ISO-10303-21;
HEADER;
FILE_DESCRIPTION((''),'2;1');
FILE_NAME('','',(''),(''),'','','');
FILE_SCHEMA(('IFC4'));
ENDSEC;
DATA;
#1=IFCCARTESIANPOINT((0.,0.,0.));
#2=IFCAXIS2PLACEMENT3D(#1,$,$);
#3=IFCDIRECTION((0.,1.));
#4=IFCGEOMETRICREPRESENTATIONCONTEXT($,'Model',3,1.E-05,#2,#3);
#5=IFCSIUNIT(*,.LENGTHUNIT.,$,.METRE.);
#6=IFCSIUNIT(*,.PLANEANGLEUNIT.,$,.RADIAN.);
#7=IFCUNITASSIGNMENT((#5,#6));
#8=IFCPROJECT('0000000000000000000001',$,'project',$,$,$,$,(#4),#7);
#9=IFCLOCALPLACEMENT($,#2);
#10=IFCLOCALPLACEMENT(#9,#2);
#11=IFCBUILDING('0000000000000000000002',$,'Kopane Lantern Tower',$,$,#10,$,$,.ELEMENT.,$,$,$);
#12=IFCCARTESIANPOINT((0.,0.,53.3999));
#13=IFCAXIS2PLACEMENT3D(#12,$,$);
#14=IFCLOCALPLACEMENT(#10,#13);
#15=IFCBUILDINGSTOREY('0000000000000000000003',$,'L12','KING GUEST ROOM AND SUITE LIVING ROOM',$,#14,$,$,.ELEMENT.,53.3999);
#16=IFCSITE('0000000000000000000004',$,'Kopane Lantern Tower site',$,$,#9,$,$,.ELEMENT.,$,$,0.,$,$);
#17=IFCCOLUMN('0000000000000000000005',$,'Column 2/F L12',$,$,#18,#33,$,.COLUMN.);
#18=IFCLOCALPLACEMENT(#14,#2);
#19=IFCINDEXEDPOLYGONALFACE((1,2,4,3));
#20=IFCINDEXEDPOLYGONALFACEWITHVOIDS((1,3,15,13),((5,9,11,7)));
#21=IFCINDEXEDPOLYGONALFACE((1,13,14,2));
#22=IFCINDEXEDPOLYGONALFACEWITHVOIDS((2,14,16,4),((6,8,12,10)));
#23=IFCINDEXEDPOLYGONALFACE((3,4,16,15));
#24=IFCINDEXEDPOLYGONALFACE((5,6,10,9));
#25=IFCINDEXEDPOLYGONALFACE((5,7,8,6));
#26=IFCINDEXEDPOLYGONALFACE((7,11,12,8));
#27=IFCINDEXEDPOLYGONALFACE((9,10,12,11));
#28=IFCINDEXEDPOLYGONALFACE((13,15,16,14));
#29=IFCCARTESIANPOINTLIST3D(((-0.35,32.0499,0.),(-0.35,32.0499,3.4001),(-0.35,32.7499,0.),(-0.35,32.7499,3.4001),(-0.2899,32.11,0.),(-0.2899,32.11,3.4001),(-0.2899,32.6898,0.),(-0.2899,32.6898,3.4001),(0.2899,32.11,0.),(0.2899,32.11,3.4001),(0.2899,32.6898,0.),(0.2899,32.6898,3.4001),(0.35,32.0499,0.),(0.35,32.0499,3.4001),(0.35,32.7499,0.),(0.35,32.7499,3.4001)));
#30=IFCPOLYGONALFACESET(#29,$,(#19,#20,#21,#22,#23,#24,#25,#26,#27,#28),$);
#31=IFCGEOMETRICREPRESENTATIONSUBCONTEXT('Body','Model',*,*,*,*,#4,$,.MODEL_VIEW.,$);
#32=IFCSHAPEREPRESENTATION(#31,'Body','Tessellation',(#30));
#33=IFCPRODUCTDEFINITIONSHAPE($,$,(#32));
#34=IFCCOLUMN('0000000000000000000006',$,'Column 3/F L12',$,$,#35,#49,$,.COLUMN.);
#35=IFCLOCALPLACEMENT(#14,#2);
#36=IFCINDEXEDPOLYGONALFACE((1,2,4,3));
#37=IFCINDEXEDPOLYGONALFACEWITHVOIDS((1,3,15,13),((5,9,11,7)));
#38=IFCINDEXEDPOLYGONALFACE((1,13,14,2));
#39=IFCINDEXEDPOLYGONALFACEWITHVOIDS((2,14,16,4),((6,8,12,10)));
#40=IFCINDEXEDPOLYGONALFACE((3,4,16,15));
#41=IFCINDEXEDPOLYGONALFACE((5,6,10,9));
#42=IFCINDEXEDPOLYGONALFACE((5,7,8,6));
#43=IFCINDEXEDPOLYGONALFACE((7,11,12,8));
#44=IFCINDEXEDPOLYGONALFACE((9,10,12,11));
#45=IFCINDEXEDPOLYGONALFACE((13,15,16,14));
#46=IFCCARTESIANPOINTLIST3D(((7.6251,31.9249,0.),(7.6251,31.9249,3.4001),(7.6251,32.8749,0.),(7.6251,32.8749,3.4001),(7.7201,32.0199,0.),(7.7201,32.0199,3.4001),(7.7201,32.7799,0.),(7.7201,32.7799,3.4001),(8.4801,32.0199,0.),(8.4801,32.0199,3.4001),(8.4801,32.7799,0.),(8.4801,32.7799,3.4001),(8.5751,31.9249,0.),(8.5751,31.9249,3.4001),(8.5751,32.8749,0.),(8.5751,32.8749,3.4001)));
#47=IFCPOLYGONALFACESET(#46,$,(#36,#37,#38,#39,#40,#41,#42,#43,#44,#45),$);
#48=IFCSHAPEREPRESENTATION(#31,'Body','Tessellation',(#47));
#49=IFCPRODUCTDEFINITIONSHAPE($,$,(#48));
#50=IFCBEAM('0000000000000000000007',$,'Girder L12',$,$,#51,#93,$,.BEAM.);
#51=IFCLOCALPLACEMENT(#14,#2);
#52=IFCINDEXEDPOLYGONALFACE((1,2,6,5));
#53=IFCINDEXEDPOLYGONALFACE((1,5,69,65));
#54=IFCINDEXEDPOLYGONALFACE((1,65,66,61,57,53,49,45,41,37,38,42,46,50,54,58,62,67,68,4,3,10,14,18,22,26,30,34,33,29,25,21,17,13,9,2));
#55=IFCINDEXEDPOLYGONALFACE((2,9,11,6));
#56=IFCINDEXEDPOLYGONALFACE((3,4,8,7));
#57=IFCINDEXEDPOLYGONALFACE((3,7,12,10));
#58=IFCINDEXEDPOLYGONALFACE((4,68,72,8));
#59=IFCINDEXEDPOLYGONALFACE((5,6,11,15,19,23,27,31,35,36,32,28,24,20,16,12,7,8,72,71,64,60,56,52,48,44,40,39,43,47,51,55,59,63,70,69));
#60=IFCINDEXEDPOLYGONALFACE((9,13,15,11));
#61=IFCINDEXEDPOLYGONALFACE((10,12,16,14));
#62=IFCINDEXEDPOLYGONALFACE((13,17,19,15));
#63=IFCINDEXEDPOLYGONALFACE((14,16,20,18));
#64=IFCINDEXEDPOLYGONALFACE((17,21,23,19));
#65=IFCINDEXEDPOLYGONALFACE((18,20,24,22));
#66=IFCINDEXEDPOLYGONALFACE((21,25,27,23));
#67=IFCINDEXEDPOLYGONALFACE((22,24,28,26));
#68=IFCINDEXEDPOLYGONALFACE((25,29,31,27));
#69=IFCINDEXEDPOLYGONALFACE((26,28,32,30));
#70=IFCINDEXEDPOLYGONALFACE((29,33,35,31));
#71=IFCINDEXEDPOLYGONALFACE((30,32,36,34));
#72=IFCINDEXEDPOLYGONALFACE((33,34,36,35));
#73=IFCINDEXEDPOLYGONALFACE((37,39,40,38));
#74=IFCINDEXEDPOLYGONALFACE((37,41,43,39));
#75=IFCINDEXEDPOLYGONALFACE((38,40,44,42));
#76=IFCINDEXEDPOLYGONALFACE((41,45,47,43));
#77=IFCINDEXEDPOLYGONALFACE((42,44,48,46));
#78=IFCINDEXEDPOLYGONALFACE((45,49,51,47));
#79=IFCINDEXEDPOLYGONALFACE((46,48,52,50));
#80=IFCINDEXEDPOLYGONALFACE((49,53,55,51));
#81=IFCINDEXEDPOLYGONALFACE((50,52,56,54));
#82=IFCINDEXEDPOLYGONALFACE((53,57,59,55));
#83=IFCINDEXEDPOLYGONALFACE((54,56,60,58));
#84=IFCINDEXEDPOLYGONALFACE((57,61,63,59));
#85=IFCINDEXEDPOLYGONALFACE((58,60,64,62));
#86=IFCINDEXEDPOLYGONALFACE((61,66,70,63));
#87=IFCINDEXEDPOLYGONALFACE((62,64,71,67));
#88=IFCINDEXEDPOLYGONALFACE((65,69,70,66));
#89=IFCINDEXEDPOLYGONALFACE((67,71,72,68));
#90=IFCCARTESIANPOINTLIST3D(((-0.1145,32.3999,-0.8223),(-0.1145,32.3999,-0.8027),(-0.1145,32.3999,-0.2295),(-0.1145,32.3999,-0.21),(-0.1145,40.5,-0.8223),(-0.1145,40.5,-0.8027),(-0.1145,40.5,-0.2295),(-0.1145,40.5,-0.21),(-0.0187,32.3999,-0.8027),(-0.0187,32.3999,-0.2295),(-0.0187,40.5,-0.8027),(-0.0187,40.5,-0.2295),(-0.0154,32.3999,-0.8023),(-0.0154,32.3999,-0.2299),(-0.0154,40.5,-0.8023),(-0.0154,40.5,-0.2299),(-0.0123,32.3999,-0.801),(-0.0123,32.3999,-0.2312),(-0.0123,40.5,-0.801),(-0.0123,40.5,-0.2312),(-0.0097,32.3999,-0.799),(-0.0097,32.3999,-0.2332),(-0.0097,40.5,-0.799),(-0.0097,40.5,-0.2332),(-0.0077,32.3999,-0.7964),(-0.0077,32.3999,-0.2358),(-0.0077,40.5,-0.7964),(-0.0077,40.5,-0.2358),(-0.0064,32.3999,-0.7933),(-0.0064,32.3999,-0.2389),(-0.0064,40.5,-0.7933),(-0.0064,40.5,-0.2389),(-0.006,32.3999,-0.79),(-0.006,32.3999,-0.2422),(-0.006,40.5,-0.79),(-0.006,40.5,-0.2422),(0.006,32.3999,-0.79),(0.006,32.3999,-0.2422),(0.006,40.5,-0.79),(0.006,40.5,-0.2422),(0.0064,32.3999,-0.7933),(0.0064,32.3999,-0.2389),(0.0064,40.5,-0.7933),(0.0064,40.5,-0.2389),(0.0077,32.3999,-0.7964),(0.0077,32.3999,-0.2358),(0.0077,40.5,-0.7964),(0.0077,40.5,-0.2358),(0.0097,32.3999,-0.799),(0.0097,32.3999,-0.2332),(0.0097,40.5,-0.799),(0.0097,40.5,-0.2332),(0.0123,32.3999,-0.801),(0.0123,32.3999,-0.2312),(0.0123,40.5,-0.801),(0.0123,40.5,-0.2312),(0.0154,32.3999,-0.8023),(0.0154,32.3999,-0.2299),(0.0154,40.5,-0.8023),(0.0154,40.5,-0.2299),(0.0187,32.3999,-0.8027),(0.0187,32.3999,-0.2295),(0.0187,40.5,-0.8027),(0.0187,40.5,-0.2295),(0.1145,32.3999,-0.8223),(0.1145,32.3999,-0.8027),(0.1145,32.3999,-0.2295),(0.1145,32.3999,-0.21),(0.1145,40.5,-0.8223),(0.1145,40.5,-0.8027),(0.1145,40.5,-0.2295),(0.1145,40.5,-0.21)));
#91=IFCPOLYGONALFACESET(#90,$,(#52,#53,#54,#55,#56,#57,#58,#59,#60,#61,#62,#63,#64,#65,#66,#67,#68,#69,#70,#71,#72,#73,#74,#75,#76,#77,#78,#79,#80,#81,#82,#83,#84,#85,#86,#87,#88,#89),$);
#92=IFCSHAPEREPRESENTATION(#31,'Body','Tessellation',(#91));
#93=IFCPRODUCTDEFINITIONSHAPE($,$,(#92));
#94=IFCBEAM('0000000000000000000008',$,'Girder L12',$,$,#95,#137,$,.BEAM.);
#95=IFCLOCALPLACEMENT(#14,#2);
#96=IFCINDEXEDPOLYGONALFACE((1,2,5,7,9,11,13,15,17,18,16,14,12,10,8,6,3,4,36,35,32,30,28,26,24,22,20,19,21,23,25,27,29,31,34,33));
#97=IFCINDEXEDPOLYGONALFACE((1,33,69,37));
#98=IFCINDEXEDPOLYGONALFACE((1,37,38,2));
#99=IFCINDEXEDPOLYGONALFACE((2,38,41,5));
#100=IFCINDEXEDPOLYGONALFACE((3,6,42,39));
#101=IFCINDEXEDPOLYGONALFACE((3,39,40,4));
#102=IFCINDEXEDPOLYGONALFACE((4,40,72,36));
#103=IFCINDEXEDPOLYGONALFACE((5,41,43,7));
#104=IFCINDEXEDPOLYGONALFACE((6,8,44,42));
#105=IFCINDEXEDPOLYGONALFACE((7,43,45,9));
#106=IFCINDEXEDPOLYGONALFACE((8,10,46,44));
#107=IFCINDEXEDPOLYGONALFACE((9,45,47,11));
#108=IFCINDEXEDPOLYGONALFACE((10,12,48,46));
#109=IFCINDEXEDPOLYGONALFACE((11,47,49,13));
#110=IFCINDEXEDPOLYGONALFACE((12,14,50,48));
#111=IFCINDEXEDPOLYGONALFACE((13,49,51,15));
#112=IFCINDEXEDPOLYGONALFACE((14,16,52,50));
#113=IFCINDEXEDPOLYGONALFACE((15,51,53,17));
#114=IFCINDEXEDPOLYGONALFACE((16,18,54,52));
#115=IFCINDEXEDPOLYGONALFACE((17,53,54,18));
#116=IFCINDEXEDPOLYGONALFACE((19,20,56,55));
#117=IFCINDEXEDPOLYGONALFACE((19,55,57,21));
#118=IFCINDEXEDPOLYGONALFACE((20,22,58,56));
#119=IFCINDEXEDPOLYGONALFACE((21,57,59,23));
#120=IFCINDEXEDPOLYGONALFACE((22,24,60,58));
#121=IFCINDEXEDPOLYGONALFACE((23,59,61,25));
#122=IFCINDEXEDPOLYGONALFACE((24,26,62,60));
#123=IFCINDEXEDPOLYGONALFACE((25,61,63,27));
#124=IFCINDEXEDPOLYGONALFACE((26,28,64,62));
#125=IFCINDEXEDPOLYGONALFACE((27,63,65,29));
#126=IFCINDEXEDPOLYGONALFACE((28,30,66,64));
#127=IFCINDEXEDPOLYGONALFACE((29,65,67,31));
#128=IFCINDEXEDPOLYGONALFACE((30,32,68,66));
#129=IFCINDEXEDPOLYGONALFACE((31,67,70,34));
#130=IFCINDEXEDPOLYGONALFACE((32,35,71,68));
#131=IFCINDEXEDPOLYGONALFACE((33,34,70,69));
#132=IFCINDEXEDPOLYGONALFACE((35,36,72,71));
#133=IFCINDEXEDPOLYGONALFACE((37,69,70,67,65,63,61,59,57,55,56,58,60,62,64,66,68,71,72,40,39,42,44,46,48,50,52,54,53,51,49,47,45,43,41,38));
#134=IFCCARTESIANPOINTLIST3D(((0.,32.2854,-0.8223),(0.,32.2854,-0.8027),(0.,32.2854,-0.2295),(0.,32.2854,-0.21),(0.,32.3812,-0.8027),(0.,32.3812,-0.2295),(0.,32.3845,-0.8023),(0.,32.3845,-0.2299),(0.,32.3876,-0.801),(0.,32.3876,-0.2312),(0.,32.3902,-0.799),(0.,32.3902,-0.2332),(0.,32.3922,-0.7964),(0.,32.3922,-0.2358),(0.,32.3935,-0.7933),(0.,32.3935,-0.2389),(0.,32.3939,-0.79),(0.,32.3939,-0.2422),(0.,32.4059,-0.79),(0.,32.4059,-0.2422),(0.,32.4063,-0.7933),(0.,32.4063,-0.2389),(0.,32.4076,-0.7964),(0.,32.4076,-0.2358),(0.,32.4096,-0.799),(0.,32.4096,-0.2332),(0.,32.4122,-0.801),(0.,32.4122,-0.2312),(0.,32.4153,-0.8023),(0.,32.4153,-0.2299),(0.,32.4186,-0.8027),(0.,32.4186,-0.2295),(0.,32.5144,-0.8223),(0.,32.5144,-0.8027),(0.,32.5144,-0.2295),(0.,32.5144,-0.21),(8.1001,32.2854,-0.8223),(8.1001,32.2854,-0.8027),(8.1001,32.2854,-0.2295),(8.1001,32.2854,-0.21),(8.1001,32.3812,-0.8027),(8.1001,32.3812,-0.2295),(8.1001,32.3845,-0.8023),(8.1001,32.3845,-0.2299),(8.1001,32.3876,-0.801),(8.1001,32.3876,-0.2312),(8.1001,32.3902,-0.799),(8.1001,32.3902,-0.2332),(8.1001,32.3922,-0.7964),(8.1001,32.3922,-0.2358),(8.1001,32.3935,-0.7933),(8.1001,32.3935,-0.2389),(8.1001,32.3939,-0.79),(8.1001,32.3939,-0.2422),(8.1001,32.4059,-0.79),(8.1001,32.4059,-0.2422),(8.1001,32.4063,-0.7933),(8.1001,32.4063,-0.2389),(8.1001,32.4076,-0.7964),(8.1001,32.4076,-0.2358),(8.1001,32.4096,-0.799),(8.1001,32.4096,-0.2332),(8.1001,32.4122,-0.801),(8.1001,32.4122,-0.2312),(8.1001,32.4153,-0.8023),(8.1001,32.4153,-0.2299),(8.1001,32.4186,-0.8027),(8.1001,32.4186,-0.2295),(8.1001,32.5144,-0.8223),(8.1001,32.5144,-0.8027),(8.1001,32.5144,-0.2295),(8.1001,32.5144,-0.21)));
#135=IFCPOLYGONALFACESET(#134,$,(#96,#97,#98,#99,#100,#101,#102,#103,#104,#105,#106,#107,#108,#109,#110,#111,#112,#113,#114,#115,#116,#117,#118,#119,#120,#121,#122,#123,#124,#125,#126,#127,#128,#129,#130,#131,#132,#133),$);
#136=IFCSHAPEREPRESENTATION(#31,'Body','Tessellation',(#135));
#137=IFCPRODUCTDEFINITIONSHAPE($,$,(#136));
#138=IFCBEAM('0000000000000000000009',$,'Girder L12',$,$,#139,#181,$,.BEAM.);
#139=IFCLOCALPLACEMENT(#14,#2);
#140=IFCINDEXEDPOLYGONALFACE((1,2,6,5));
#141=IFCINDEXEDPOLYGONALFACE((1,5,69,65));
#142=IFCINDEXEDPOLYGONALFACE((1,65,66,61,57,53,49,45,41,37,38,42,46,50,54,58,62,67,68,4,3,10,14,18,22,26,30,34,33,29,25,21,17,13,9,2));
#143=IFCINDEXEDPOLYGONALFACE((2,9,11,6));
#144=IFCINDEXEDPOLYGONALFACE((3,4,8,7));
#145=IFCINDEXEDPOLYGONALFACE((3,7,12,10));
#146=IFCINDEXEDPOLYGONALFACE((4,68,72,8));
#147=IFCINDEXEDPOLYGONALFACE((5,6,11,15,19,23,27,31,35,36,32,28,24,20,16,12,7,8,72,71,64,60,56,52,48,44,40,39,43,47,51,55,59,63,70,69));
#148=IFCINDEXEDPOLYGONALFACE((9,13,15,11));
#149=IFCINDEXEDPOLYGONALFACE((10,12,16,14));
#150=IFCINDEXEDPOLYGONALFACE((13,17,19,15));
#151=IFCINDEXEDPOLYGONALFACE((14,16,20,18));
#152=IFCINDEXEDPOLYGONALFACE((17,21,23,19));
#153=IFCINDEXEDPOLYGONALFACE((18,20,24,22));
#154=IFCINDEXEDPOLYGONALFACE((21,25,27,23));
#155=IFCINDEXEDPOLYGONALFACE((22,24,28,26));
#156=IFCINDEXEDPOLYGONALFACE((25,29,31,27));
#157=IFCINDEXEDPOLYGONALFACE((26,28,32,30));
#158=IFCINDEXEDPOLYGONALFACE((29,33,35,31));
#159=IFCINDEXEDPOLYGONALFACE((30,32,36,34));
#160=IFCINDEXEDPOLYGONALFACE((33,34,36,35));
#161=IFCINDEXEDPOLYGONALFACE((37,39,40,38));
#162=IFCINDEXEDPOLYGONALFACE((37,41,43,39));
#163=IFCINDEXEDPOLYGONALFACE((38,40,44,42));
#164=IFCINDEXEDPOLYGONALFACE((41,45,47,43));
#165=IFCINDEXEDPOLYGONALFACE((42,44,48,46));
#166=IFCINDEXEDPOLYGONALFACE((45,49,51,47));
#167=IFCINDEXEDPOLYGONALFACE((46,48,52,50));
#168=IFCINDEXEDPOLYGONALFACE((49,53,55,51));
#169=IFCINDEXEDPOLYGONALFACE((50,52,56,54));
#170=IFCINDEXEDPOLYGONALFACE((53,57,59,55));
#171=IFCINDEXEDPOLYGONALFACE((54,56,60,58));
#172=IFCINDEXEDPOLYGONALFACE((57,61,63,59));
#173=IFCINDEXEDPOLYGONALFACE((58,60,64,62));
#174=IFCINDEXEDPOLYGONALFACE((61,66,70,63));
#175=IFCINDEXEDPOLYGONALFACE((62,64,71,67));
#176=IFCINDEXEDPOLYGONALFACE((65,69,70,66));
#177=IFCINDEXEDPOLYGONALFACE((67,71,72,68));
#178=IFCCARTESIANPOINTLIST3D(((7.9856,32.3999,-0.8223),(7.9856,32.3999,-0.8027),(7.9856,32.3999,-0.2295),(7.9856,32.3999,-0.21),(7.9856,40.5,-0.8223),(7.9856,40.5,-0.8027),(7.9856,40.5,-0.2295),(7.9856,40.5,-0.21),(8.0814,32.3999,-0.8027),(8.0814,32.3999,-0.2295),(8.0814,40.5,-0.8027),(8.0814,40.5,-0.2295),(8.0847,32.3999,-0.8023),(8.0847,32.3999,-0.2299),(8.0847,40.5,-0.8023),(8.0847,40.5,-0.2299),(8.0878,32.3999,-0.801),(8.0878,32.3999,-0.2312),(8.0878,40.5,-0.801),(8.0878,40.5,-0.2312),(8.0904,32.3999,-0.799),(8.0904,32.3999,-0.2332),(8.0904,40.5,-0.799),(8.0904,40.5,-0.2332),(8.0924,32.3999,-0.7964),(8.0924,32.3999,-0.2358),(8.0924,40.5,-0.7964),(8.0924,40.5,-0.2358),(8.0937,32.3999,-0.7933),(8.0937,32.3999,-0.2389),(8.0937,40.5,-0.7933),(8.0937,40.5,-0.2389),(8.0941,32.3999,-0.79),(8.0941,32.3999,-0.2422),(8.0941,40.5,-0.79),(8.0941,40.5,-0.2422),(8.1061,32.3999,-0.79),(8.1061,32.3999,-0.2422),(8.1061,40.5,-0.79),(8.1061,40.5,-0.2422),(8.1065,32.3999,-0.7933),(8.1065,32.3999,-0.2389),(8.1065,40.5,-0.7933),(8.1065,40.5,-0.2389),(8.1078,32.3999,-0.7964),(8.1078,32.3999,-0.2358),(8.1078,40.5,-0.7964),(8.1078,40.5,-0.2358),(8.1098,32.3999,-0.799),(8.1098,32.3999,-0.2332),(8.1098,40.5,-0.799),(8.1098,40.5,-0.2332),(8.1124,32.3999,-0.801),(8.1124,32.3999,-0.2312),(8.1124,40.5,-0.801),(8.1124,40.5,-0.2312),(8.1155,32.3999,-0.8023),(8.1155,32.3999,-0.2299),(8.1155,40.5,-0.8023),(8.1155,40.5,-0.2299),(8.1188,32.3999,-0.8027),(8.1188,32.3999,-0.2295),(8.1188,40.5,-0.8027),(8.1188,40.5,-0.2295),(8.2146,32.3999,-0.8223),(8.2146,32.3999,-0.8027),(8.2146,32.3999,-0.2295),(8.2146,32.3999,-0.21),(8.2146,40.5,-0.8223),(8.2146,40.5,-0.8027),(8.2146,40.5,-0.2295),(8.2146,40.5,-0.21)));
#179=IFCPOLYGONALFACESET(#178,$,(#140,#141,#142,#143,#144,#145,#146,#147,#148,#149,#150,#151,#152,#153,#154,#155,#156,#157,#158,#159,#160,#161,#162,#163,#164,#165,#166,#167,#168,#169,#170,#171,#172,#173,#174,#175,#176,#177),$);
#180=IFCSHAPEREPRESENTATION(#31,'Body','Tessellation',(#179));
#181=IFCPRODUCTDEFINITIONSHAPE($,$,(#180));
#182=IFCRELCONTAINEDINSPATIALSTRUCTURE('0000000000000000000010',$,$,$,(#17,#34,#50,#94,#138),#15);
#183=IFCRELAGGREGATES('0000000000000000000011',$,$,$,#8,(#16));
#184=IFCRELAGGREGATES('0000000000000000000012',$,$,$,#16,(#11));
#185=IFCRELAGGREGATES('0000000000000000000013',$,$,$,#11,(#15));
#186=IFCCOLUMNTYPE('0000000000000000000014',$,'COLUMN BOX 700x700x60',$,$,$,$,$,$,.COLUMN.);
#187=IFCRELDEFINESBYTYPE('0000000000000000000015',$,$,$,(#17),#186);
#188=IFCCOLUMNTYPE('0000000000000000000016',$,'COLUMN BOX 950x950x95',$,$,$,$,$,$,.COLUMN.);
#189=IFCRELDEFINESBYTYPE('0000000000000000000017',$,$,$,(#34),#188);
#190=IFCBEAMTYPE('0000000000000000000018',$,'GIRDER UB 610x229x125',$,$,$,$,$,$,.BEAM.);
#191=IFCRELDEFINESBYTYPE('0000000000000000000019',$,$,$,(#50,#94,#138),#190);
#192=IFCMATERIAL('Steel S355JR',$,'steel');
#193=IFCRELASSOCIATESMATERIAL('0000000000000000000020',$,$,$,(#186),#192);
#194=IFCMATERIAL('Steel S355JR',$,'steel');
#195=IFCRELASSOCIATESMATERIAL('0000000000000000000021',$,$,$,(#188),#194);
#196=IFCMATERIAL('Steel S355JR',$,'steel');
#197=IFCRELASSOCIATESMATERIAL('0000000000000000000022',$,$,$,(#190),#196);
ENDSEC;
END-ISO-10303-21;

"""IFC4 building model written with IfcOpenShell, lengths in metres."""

from ifc_helpers import new_model, si_unit, direction, frame, origin, origin_2d, place, context, subcontext, project, spatial, hollow_rectangle, i_section, extrude, material, material_profile, profile_set, type_object, element, save


model = new_model("IFC4")

# Units and contexts
model_context = context("Model", 3, precision=1e-05, world=origin(), true_north=direction((0.0, 1.0)))
body_context = subcontext(model_context, "Body", "Model", "MODEL_VIEW")
ifc_project = project(units=[si_unit("LENGTHUNIT", "METRE"), si_unit("PLANEANGLEUNIT", "RADIAN")], contexts=[model_context])

# Site, building, storey
site_placement = place(None, origin())
site = spatial("IfcSite", under=ifc_project, at=site_placement, Name="Kopane Lantern Tower site", CompositionType="ELEMENT", RefElevation=0.0)
building_placement = place(site_placement, origin())
building = spatial("IfcBuilding", under=site, at=building_placement, Name="Kopane Lantern Tower", CompositionType="ELEMENT")
storey_placement = place(building_placement, frame((0.0, 0.0, 53.3999)))
storey = spatial("IfcBuildingStorey", under=building, at=storey_placement, Name="L12", Description="KING GUEST ROOM AND SUITE LIVING ROOM", CompositionType="ELEMENT", Elevation=53.3999)

# Columns
ifc_material_1 = material(Name="Steel S355JR", Category="steel")
ifc_material_profile_1 = material_profile(ifc_material_1, hollow_rectangle(XDim=0.7, YDim=0.7, WallThickness=0.0601, at=origin_2d()), Name="BOX 700x700x60")
ifc_profile_set_1 = profile_set([ifc_material_profile_1], Name="Steel S355JR")
column_type_1 = type_object("IfcColumnType", Name="COLUMN BOX 700x700x60", PredefinedType="COLUMN", material=ifc_profile_set_1)
column_1_placement = place(storey_placement, frame((0.0, 32.3999, 0.0), z_axis=(0.0, 0.0, 1.0), x_axis=(1.0, 0.0, 0.0)))
element("IfcColumn", 1, at=column_1_placement, inside=storey, type_object=column_type_1, Name="Column 2/F L12", PredefinedType="COLUMN", context=body_context, shape_type="SweptSolid", body=[
    extrude(hollow_rectangle(XDim=0.7, YDim=0.7, WallThickness=0.0601, at=origin_2d()), origin(), (0.0, 0.0, 1.0), 3.4001),
])
ifc_material_2 = material(Name="Steel S355JR", Category="steel")
ifc_material_profile_2 = material_profile(ifc_material_2, hollow_rectangle(XDim=0.95, YDim=0.95, WallThickness=0.095, at=origin_2d()), Name="BOX 950x950x95")
ifc_profile_set_2 = profile_set([ifc_material_profile_2], Name="Steel S355JR")
column_type_2 = type_object("IfcColumnType", Name="COLUMN BOX 950x950x95", PredefinedType="COLUMN", material=ifc_profile_set_2)
column_2_placement = place(storey_placement, frame((8.1001, 32.3999, 0.0), z_axis=(0.0, 0.0, 1.0), x_axis=(1.0, 0.0, 0.0)))
element("IfcColumn", 2, at=column_2_placement, inside=storey, type_object=column_type_2, Name="Column 3/F L12", PredefinedType="COLUMN", context=body_context, shape_type="SweptSolid", body=[
    extrude(hollow_rectangle(XDim=0.95, YDim=0.95, WallThickness=0.095, at=origin_2d()), origin(), (0.0, 0.0, 1.0), 3.4001),
])

# Beams
ifc_material_3 = material(Name="Steel S355JR", Category="steel")
ifc_material_profile_3 = material_profile(ifc_material_3, i_section(OverallWidth=0.229, OverallDepth=0.6123, WebThickness=0.012, FlangeThickness=0.0195, FilletRadius=0.0127, at=origin_2d()), Name="UB 610x229x125")
ifc_profile_set_3 = profile_set([ifc_material_profile_3], Name="Steel S355JR")
beam_type = type_object("IfcBeamType", Name="GIRDER UB 610x229x125", PredefinedType="BEAM", material=ifc_profile_set_3)
for number, where, z_axis, x_axis, name in (
    (3, (0.0, 32.3999, -0.5161), (0.0, 1.0, 0.0), (-1.0, 0.0, 0.0), "Girder L12"),
    (4, (0.0, 32.3999, -0.5161), (1.0, 0.0, 0.0), (0.0, 1.0, 0.0), "Girder L12"),
    (5, (8.1001, 32.3999, -0.5161), (0.0, 1.0, 0.0), (-1.0, 0.0, 0.0), "Girder L12"),
):
    element("IfcBeam", number, at=place(storey_placement, frame(where, z_axis=z_axis, x_axis=x_axis)), inside=storey, type_object=beam_type, Name=name, PredefinedType="BEAM", context=body_context, shape_type="SweptSolid", body=[
        extrude(i_section(OverallWidth=0.229, OverallDepth=0.6123, WebThickness=0.012, FlangeThickness=0.0195, FilletRadius=0.0127, at=origin_2d()), origin(), (0.0, 0.0, 1.0), 8.1001),
    ])

save(model, "model.ifc")
